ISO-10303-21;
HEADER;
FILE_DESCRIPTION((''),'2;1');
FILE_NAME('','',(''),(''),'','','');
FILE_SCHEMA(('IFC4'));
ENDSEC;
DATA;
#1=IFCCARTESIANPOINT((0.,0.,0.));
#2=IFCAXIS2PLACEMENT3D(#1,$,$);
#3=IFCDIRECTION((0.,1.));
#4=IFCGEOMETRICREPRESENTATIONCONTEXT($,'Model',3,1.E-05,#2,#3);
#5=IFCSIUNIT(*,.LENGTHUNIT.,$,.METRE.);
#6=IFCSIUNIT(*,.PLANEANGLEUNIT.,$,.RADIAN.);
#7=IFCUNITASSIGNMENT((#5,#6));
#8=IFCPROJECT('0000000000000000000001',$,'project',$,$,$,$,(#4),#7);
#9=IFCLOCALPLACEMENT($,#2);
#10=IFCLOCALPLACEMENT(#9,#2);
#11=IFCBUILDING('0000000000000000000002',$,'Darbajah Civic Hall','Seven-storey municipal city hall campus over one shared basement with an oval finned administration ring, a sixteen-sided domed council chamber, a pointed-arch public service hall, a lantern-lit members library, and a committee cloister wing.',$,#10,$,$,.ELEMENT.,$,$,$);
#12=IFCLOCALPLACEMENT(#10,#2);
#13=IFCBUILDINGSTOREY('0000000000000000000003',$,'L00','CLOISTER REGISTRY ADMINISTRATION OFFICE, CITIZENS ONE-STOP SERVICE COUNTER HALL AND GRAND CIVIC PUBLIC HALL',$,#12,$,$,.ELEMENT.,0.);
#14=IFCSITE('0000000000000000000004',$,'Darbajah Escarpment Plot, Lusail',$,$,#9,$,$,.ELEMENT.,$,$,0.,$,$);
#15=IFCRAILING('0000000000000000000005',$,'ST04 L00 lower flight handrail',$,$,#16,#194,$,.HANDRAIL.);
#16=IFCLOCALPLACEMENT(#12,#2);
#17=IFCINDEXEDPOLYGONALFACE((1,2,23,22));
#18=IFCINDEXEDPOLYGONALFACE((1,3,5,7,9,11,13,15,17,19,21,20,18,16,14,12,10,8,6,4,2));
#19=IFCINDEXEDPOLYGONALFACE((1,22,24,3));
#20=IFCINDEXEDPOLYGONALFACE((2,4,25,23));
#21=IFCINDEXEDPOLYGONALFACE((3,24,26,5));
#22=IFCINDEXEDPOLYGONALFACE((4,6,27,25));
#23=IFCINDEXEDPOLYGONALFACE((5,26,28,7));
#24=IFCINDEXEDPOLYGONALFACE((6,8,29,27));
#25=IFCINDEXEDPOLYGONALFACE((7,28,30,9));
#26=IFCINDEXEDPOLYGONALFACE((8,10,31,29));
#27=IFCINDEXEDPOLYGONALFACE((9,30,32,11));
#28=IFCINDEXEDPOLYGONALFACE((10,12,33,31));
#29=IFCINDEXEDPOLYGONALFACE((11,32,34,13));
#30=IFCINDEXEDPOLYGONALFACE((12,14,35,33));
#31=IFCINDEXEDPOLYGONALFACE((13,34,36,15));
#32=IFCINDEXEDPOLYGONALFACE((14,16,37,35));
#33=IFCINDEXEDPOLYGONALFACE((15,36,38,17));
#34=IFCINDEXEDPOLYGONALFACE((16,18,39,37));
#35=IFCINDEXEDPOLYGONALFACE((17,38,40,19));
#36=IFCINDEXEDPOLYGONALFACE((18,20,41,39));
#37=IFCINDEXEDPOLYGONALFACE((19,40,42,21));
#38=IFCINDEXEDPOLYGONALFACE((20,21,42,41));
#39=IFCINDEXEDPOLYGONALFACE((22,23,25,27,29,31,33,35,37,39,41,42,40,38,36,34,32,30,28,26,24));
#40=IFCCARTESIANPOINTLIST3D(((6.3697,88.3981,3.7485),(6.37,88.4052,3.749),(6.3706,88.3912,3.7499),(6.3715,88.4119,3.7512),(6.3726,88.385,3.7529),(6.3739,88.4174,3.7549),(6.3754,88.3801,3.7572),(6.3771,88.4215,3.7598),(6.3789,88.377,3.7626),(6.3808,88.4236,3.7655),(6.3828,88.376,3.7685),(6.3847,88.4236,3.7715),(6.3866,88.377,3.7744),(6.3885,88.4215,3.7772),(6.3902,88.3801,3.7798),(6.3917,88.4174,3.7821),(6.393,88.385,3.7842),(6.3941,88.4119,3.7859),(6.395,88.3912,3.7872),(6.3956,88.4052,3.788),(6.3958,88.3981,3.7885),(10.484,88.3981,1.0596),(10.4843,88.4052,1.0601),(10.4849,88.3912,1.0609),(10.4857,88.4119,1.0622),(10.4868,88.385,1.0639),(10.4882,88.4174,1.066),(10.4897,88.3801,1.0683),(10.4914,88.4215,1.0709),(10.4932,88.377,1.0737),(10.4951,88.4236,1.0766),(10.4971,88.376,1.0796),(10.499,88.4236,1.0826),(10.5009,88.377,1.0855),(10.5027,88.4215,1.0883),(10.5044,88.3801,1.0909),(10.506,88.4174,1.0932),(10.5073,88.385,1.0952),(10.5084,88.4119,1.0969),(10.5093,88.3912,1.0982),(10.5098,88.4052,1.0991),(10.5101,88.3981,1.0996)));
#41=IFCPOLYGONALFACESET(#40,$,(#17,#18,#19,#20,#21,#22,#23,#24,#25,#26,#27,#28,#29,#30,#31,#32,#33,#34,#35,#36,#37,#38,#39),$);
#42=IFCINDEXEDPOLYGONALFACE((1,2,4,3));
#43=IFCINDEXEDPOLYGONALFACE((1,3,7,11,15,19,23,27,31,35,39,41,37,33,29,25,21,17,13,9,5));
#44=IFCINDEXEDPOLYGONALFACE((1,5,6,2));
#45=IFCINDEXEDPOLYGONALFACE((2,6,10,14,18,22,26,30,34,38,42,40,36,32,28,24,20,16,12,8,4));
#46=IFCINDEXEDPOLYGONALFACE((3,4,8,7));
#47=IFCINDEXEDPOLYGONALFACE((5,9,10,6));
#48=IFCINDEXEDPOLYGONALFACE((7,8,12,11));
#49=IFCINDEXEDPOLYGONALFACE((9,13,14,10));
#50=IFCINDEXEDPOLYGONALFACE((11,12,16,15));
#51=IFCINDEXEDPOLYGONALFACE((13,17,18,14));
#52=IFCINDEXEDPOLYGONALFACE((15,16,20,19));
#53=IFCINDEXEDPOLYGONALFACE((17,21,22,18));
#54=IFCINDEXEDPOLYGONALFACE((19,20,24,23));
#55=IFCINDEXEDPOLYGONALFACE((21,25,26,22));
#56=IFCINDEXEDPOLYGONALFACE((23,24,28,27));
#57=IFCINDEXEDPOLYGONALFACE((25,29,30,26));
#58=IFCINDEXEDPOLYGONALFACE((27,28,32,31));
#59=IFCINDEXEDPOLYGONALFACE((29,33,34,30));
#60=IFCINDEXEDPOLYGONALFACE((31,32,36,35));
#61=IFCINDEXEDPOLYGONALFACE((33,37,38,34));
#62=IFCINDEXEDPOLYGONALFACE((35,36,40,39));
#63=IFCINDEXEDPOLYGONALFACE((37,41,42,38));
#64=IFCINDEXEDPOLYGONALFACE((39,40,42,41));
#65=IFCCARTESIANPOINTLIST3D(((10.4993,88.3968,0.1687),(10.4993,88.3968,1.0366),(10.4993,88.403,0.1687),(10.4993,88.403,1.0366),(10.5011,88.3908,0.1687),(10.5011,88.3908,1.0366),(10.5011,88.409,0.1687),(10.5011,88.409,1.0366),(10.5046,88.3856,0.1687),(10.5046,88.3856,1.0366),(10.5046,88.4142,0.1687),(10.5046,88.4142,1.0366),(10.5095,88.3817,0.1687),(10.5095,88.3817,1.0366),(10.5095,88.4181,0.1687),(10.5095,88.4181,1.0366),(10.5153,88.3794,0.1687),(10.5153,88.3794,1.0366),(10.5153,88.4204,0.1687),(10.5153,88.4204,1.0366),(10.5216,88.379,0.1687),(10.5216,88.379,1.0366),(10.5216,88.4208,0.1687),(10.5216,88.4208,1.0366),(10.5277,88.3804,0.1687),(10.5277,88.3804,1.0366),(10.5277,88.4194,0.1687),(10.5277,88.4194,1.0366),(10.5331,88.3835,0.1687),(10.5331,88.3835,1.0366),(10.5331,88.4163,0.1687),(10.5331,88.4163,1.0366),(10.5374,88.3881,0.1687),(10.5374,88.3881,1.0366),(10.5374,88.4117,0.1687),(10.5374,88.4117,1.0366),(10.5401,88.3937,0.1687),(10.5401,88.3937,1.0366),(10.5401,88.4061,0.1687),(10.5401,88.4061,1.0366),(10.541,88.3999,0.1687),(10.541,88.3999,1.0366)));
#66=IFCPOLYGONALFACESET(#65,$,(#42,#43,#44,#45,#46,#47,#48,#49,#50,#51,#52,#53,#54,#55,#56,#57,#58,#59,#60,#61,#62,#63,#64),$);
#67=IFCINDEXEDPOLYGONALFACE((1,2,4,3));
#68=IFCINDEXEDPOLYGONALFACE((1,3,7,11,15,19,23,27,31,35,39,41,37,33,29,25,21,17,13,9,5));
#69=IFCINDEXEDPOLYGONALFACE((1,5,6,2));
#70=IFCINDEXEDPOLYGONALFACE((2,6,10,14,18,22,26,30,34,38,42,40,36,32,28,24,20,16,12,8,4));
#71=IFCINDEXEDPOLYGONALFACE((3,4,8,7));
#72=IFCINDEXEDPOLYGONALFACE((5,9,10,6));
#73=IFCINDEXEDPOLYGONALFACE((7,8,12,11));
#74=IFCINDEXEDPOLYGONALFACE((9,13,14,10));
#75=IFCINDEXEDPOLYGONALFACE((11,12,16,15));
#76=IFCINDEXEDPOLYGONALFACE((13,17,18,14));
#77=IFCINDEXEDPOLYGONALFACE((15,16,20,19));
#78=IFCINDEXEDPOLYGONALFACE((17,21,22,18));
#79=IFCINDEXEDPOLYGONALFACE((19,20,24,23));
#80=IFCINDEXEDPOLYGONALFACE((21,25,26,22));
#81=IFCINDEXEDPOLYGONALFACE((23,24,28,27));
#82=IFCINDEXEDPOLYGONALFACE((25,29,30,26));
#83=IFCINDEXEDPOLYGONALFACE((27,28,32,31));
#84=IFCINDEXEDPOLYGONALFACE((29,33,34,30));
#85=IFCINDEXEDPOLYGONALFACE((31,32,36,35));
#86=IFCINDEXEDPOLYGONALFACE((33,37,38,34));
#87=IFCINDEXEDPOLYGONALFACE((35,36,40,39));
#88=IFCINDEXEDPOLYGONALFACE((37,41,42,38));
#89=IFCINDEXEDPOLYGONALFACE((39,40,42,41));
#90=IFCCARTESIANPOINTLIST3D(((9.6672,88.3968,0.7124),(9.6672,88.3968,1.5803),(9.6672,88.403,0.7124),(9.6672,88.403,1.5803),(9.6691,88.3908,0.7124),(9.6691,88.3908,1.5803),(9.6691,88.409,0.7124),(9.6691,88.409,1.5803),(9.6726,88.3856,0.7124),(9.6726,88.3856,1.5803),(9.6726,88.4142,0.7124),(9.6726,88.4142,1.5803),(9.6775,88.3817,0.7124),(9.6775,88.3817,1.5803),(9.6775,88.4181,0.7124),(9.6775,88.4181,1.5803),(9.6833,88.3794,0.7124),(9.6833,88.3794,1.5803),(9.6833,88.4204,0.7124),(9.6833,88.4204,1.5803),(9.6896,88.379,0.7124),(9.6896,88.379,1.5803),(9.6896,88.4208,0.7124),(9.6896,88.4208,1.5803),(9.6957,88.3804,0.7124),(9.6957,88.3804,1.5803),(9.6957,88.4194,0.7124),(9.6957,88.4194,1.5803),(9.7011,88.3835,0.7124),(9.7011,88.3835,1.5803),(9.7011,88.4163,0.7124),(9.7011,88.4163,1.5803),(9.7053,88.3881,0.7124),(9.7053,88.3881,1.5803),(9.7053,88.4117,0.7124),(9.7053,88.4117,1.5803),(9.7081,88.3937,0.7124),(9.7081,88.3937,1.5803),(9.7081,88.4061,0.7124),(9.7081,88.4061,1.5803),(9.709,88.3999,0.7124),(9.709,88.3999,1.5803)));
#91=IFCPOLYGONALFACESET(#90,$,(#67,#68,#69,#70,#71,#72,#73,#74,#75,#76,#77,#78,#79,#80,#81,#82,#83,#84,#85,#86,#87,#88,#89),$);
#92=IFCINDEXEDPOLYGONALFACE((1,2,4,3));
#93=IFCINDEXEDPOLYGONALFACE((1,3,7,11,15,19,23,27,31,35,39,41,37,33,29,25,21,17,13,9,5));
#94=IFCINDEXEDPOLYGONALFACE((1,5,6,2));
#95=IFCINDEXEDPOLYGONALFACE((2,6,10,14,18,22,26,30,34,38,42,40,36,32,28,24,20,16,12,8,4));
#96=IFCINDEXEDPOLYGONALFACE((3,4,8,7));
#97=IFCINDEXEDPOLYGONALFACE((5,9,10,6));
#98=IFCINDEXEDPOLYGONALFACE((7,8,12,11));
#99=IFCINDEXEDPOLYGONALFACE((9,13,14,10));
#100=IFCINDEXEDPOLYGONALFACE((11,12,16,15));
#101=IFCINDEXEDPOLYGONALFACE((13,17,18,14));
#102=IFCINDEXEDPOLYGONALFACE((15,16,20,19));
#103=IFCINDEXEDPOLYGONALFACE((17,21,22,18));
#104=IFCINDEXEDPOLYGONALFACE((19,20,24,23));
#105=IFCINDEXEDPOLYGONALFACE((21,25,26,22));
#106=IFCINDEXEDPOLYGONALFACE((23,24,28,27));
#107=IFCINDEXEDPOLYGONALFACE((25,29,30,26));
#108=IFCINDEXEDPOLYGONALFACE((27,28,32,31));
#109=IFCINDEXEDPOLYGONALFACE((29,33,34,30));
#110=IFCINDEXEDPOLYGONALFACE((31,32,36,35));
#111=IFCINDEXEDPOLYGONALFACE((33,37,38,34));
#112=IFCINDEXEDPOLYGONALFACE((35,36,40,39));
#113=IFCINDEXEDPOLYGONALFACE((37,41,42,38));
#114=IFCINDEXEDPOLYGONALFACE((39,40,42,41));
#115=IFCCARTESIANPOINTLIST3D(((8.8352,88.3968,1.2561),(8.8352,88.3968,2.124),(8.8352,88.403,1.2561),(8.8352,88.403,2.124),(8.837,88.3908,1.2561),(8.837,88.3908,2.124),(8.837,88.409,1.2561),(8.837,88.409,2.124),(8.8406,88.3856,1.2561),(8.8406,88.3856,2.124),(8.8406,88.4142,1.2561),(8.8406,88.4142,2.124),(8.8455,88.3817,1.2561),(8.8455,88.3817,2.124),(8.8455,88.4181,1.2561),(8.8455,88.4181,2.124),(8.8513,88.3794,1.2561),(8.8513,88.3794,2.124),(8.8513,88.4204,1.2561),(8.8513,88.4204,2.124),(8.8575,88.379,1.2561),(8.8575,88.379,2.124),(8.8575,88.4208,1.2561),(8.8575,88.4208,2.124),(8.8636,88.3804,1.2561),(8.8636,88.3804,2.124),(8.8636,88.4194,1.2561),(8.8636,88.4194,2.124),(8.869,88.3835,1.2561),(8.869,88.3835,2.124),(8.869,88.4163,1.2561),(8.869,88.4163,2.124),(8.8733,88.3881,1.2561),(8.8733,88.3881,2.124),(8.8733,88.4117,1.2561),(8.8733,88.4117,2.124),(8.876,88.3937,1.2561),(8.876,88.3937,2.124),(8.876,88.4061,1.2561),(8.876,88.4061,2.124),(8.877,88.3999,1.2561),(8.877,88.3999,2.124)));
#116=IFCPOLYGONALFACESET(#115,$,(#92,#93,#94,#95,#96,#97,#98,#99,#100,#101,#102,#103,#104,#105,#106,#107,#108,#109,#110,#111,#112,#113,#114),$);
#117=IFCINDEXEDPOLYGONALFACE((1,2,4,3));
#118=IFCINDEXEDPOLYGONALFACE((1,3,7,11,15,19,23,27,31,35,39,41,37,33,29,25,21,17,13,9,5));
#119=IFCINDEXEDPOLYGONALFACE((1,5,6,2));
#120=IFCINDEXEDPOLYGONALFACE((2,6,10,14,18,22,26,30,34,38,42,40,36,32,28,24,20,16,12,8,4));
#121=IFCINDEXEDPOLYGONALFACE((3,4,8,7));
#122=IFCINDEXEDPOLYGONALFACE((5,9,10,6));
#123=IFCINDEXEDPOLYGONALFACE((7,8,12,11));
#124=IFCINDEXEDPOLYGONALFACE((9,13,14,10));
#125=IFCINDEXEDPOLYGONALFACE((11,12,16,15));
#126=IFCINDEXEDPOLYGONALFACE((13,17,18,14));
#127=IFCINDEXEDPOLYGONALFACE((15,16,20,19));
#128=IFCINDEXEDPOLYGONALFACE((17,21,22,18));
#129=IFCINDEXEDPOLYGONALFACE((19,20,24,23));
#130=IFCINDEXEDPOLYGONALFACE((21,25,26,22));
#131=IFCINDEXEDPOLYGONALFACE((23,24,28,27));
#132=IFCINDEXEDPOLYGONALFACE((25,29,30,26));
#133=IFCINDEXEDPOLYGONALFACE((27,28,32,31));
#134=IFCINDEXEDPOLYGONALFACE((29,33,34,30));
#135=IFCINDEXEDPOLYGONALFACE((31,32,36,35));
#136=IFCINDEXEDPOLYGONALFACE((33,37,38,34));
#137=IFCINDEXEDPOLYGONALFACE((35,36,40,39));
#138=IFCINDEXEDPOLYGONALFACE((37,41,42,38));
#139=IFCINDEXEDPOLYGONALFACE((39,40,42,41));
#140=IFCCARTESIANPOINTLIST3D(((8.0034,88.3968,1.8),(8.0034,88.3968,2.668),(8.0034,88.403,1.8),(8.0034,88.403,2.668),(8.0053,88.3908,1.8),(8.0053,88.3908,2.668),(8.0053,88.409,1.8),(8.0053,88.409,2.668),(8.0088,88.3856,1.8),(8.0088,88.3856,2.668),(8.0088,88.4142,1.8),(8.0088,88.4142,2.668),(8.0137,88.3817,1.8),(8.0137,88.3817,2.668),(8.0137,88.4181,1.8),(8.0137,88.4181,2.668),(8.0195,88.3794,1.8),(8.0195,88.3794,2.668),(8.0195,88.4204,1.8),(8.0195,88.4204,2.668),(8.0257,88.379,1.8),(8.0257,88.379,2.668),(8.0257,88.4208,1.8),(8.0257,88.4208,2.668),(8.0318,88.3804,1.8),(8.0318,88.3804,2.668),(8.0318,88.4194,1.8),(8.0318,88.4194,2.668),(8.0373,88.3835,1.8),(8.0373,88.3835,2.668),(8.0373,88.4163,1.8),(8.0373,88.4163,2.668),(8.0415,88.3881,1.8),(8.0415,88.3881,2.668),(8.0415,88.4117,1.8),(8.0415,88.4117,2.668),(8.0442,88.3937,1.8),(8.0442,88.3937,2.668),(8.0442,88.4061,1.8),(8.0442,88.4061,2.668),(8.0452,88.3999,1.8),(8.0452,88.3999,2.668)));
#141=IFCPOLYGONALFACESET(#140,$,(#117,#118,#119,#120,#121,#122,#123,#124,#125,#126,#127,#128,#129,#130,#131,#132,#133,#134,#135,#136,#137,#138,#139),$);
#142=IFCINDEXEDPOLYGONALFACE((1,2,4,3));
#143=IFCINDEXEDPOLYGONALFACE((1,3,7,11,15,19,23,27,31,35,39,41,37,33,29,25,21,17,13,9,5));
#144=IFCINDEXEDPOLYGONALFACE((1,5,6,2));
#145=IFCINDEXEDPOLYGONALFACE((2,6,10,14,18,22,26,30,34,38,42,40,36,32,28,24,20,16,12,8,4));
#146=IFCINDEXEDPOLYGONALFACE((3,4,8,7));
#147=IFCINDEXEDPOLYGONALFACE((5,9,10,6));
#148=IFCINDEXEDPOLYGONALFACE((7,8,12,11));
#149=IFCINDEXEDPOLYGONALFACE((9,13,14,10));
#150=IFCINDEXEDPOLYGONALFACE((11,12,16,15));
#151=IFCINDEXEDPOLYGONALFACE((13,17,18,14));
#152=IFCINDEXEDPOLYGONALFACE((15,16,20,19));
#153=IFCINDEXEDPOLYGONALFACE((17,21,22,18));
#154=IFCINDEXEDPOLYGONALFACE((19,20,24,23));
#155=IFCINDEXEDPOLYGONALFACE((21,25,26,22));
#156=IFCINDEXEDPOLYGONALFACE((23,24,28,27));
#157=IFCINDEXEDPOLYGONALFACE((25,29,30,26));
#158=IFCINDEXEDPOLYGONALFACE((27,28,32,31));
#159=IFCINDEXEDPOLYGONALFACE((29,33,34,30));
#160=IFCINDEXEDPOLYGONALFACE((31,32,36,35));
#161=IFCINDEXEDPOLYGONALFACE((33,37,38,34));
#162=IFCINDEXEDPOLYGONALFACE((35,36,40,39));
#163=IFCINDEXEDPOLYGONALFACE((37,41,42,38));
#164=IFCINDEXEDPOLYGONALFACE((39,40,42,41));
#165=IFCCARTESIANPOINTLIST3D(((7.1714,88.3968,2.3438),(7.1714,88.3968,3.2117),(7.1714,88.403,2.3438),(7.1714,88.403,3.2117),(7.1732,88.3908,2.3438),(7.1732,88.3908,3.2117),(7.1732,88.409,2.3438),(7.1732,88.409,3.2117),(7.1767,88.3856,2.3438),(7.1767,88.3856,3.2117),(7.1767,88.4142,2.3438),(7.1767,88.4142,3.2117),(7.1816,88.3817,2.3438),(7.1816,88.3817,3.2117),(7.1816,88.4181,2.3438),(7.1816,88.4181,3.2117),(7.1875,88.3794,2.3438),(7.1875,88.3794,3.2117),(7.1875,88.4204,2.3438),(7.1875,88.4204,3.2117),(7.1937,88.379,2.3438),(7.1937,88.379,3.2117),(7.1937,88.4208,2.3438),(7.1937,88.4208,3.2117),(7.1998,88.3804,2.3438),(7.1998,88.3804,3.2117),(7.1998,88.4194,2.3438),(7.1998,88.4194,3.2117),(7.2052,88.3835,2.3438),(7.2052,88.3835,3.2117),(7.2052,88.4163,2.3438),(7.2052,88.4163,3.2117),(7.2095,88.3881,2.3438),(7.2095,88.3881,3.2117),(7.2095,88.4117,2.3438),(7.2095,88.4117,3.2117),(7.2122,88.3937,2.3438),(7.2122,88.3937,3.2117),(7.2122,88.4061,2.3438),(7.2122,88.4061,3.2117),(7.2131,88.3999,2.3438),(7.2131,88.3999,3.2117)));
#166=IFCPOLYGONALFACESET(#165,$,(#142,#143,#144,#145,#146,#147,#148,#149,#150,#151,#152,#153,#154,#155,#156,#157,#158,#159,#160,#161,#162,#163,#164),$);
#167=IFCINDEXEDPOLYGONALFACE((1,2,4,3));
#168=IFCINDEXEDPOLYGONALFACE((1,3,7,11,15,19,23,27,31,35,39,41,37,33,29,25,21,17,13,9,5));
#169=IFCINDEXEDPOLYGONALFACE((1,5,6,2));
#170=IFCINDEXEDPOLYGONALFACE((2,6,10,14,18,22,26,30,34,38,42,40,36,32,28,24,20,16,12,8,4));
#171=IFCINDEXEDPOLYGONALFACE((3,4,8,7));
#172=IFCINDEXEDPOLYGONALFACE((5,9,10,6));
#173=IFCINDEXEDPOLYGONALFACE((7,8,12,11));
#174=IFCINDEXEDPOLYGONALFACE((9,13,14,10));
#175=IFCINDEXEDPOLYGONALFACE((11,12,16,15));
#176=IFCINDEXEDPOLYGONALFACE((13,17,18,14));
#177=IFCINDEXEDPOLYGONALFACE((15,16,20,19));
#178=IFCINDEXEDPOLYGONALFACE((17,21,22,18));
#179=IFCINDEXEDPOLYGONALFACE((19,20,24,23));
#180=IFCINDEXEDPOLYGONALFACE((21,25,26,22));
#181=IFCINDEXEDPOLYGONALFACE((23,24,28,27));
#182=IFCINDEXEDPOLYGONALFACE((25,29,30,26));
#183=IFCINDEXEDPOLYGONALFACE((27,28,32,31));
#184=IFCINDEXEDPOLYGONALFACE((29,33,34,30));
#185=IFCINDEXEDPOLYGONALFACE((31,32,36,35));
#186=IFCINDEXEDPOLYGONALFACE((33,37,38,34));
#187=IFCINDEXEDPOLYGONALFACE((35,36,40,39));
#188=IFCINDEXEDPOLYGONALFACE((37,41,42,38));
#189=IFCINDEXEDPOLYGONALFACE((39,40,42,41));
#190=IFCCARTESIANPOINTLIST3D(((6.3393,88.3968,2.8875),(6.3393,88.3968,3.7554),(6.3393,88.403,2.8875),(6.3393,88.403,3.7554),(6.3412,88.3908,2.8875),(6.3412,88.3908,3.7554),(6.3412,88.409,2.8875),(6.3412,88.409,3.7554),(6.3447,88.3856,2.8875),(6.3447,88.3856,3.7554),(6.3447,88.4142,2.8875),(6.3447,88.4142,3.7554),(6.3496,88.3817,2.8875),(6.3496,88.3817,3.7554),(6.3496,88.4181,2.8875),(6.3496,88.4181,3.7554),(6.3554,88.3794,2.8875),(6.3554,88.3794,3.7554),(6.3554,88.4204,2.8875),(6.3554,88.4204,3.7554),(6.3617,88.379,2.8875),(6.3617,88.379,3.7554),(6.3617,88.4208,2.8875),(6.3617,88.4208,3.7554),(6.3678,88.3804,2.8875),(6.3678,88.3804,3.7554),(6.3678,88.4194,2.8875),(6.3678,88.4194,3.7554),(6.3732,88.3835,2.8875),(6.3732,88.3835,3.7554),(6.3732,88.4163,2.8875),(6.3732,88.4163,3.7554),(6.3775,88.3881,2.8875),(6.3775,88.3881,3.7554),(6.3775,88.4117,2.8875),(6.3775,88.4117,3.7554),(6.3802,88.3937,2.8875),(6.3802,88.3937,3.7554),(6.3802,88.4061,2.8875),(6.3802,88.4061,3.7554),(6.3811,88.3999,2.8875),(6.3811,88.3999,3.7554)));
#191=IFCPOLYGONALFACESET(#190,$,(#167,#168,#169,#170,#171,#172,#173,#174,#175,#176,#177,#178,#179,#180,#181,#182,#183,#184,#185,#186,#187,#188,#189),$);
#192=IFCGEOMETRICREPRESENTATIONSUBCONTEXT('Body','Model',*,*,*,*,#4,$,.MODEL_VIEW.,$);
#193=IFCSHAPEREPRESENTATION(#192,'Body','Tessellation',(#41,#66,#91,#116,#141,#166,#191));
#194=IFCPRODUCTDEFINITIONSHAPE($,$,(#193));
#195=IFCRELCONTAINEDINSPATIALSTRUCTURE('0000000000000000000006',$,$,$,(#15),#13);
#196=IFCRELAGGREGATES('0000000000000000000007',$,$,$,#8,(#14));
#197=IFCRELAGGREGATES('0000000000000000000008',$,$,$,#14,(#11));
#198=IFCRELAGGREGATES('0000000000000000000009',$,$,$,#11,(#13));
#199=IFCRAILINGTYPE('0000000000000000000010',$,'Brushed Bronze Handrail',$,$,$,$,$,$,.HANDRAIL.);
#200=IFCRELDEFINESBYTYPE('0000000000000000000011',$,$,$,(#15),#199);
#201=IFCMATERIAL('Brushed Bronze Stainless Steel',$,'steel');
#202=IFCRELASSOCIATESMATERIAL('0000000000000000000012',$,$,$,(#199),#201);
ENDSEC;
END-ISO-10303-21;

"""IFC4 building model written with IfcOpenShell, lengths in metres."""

from ifc_helpers import new_model, si_unit, direction, frame, origin, origin_2d, place, context, subcontext, project, spatial, circle, extrude, material, type_object, element, save


model = new_model("IFC4")

# Units and contexts
model_context = context("Model", 3, precision=1e-05, world=origin(), true_north=direction((0.0, 1.0)))
body_context = subcontext(model_context, "Body", "Model", "MODEL_VIEW")
ifc_project = project(units=[si_unit("LENGTHUNIT", "METRE"), si_unit("PLANEANGLEUNIT", "RADIAN")], contexts=[model_context])

# Site, building, storey
site_placement = place(None, origin())
site = spatial("IfcSite", under=ifc_project, at=site_placement, Name="Darbajah Escarpment Plot, Lusail", CompositionType="ELEMENT", RefElevation=0.0)
building_placement = place(site_placement, origin())
building = spatial("IfcBuilding", under=site, at=building_placement, Name="Darbajah Civic Hall", Description="Seven-storey municipal city hall campus over one shared basement with an oval finned administration ring, a sixteen-sided domed council chamber, a pointed-arch public service hall, a lantern-lit members library, and a committee cloister wing.", CompositionType="ELEMENT")
storey_placement = place(building_placement, origin())
storey = spatial("IfcBuildingStorey", under=building, at=storey_placement, Name="L00", Description="CLOISTER REGISTRY ADMINISTRATION OFFICE, CITIZENS ONE-STOP SERVICE COUNTER HALL AND GRAND CIVIC PUBLIC HALL", CompositionType="ELEMENT", Elevation=0.0)

# Railing
ifc_material_1 = material(Name="Brushed Bronze Stainless Steel", Category="steel")
railing_type_1 = type_object("IfcRailingType", Name="Brushed Bronze Handrail", PredefinedType="HANDRAIL", material=ifc_material_1)
railing_1_placement = place(storey_placement, frame((10.52, 88.3999, 0.1687)))
element("IfcRailing", 1, at=railing_1_placement, inside=storey, type_object=railing_type_1, Name="ST04 L00 lower flight handrail", PredefinedType="HANDRAIL", context=body_context, shape_type="SweptSolid", body=[
    extrude(circle(Radius=0.0239, at=origin_2d()), frame((-0.0229, 0.0, 0.9109), z_axis=(-0.83708, 0.0, 0.547081), x_axis=(0.0, -1.0, 0.0)), (0.0, 0.0, 1.0), 4.915),
    extrude(circle(Radius=0.021, at=origin_2d()), origin(), (0.0, 0.0, 1.0), 0.8679),
    extrude(circle(Radius=0.021, at=origin_2d()), frame((-0.832, 0.0, 0.5437)), (0.0, 0.0, 1.0), 0.8679),
    extrude(circle(Radius=0.021, at=origin_2d()), frame((-1.6641, 0.0, 1.0874)), (0.0, 0.0, 1.0), 0.8679),
    extrude(circle(Radius=0.021, at=origin_2d()), frame((-2.4958, 0.0, 1.6313)), (0.0, 0.0, 1.0), 0.8679),
    extrude(circle(Radius=0.021, at=origin_2d()), frame((-3.3279, 0.0, 2.175)), (0.0, 0.0, 1.0), 0.8679),
    extrude(circle(Radius=0.021, at=origin_2d()), frame((-4.1599, 0.0, 2.7188)), (0.0, 0.0, 1.0), 0.8679),
])

save(model, "model.ifc")
